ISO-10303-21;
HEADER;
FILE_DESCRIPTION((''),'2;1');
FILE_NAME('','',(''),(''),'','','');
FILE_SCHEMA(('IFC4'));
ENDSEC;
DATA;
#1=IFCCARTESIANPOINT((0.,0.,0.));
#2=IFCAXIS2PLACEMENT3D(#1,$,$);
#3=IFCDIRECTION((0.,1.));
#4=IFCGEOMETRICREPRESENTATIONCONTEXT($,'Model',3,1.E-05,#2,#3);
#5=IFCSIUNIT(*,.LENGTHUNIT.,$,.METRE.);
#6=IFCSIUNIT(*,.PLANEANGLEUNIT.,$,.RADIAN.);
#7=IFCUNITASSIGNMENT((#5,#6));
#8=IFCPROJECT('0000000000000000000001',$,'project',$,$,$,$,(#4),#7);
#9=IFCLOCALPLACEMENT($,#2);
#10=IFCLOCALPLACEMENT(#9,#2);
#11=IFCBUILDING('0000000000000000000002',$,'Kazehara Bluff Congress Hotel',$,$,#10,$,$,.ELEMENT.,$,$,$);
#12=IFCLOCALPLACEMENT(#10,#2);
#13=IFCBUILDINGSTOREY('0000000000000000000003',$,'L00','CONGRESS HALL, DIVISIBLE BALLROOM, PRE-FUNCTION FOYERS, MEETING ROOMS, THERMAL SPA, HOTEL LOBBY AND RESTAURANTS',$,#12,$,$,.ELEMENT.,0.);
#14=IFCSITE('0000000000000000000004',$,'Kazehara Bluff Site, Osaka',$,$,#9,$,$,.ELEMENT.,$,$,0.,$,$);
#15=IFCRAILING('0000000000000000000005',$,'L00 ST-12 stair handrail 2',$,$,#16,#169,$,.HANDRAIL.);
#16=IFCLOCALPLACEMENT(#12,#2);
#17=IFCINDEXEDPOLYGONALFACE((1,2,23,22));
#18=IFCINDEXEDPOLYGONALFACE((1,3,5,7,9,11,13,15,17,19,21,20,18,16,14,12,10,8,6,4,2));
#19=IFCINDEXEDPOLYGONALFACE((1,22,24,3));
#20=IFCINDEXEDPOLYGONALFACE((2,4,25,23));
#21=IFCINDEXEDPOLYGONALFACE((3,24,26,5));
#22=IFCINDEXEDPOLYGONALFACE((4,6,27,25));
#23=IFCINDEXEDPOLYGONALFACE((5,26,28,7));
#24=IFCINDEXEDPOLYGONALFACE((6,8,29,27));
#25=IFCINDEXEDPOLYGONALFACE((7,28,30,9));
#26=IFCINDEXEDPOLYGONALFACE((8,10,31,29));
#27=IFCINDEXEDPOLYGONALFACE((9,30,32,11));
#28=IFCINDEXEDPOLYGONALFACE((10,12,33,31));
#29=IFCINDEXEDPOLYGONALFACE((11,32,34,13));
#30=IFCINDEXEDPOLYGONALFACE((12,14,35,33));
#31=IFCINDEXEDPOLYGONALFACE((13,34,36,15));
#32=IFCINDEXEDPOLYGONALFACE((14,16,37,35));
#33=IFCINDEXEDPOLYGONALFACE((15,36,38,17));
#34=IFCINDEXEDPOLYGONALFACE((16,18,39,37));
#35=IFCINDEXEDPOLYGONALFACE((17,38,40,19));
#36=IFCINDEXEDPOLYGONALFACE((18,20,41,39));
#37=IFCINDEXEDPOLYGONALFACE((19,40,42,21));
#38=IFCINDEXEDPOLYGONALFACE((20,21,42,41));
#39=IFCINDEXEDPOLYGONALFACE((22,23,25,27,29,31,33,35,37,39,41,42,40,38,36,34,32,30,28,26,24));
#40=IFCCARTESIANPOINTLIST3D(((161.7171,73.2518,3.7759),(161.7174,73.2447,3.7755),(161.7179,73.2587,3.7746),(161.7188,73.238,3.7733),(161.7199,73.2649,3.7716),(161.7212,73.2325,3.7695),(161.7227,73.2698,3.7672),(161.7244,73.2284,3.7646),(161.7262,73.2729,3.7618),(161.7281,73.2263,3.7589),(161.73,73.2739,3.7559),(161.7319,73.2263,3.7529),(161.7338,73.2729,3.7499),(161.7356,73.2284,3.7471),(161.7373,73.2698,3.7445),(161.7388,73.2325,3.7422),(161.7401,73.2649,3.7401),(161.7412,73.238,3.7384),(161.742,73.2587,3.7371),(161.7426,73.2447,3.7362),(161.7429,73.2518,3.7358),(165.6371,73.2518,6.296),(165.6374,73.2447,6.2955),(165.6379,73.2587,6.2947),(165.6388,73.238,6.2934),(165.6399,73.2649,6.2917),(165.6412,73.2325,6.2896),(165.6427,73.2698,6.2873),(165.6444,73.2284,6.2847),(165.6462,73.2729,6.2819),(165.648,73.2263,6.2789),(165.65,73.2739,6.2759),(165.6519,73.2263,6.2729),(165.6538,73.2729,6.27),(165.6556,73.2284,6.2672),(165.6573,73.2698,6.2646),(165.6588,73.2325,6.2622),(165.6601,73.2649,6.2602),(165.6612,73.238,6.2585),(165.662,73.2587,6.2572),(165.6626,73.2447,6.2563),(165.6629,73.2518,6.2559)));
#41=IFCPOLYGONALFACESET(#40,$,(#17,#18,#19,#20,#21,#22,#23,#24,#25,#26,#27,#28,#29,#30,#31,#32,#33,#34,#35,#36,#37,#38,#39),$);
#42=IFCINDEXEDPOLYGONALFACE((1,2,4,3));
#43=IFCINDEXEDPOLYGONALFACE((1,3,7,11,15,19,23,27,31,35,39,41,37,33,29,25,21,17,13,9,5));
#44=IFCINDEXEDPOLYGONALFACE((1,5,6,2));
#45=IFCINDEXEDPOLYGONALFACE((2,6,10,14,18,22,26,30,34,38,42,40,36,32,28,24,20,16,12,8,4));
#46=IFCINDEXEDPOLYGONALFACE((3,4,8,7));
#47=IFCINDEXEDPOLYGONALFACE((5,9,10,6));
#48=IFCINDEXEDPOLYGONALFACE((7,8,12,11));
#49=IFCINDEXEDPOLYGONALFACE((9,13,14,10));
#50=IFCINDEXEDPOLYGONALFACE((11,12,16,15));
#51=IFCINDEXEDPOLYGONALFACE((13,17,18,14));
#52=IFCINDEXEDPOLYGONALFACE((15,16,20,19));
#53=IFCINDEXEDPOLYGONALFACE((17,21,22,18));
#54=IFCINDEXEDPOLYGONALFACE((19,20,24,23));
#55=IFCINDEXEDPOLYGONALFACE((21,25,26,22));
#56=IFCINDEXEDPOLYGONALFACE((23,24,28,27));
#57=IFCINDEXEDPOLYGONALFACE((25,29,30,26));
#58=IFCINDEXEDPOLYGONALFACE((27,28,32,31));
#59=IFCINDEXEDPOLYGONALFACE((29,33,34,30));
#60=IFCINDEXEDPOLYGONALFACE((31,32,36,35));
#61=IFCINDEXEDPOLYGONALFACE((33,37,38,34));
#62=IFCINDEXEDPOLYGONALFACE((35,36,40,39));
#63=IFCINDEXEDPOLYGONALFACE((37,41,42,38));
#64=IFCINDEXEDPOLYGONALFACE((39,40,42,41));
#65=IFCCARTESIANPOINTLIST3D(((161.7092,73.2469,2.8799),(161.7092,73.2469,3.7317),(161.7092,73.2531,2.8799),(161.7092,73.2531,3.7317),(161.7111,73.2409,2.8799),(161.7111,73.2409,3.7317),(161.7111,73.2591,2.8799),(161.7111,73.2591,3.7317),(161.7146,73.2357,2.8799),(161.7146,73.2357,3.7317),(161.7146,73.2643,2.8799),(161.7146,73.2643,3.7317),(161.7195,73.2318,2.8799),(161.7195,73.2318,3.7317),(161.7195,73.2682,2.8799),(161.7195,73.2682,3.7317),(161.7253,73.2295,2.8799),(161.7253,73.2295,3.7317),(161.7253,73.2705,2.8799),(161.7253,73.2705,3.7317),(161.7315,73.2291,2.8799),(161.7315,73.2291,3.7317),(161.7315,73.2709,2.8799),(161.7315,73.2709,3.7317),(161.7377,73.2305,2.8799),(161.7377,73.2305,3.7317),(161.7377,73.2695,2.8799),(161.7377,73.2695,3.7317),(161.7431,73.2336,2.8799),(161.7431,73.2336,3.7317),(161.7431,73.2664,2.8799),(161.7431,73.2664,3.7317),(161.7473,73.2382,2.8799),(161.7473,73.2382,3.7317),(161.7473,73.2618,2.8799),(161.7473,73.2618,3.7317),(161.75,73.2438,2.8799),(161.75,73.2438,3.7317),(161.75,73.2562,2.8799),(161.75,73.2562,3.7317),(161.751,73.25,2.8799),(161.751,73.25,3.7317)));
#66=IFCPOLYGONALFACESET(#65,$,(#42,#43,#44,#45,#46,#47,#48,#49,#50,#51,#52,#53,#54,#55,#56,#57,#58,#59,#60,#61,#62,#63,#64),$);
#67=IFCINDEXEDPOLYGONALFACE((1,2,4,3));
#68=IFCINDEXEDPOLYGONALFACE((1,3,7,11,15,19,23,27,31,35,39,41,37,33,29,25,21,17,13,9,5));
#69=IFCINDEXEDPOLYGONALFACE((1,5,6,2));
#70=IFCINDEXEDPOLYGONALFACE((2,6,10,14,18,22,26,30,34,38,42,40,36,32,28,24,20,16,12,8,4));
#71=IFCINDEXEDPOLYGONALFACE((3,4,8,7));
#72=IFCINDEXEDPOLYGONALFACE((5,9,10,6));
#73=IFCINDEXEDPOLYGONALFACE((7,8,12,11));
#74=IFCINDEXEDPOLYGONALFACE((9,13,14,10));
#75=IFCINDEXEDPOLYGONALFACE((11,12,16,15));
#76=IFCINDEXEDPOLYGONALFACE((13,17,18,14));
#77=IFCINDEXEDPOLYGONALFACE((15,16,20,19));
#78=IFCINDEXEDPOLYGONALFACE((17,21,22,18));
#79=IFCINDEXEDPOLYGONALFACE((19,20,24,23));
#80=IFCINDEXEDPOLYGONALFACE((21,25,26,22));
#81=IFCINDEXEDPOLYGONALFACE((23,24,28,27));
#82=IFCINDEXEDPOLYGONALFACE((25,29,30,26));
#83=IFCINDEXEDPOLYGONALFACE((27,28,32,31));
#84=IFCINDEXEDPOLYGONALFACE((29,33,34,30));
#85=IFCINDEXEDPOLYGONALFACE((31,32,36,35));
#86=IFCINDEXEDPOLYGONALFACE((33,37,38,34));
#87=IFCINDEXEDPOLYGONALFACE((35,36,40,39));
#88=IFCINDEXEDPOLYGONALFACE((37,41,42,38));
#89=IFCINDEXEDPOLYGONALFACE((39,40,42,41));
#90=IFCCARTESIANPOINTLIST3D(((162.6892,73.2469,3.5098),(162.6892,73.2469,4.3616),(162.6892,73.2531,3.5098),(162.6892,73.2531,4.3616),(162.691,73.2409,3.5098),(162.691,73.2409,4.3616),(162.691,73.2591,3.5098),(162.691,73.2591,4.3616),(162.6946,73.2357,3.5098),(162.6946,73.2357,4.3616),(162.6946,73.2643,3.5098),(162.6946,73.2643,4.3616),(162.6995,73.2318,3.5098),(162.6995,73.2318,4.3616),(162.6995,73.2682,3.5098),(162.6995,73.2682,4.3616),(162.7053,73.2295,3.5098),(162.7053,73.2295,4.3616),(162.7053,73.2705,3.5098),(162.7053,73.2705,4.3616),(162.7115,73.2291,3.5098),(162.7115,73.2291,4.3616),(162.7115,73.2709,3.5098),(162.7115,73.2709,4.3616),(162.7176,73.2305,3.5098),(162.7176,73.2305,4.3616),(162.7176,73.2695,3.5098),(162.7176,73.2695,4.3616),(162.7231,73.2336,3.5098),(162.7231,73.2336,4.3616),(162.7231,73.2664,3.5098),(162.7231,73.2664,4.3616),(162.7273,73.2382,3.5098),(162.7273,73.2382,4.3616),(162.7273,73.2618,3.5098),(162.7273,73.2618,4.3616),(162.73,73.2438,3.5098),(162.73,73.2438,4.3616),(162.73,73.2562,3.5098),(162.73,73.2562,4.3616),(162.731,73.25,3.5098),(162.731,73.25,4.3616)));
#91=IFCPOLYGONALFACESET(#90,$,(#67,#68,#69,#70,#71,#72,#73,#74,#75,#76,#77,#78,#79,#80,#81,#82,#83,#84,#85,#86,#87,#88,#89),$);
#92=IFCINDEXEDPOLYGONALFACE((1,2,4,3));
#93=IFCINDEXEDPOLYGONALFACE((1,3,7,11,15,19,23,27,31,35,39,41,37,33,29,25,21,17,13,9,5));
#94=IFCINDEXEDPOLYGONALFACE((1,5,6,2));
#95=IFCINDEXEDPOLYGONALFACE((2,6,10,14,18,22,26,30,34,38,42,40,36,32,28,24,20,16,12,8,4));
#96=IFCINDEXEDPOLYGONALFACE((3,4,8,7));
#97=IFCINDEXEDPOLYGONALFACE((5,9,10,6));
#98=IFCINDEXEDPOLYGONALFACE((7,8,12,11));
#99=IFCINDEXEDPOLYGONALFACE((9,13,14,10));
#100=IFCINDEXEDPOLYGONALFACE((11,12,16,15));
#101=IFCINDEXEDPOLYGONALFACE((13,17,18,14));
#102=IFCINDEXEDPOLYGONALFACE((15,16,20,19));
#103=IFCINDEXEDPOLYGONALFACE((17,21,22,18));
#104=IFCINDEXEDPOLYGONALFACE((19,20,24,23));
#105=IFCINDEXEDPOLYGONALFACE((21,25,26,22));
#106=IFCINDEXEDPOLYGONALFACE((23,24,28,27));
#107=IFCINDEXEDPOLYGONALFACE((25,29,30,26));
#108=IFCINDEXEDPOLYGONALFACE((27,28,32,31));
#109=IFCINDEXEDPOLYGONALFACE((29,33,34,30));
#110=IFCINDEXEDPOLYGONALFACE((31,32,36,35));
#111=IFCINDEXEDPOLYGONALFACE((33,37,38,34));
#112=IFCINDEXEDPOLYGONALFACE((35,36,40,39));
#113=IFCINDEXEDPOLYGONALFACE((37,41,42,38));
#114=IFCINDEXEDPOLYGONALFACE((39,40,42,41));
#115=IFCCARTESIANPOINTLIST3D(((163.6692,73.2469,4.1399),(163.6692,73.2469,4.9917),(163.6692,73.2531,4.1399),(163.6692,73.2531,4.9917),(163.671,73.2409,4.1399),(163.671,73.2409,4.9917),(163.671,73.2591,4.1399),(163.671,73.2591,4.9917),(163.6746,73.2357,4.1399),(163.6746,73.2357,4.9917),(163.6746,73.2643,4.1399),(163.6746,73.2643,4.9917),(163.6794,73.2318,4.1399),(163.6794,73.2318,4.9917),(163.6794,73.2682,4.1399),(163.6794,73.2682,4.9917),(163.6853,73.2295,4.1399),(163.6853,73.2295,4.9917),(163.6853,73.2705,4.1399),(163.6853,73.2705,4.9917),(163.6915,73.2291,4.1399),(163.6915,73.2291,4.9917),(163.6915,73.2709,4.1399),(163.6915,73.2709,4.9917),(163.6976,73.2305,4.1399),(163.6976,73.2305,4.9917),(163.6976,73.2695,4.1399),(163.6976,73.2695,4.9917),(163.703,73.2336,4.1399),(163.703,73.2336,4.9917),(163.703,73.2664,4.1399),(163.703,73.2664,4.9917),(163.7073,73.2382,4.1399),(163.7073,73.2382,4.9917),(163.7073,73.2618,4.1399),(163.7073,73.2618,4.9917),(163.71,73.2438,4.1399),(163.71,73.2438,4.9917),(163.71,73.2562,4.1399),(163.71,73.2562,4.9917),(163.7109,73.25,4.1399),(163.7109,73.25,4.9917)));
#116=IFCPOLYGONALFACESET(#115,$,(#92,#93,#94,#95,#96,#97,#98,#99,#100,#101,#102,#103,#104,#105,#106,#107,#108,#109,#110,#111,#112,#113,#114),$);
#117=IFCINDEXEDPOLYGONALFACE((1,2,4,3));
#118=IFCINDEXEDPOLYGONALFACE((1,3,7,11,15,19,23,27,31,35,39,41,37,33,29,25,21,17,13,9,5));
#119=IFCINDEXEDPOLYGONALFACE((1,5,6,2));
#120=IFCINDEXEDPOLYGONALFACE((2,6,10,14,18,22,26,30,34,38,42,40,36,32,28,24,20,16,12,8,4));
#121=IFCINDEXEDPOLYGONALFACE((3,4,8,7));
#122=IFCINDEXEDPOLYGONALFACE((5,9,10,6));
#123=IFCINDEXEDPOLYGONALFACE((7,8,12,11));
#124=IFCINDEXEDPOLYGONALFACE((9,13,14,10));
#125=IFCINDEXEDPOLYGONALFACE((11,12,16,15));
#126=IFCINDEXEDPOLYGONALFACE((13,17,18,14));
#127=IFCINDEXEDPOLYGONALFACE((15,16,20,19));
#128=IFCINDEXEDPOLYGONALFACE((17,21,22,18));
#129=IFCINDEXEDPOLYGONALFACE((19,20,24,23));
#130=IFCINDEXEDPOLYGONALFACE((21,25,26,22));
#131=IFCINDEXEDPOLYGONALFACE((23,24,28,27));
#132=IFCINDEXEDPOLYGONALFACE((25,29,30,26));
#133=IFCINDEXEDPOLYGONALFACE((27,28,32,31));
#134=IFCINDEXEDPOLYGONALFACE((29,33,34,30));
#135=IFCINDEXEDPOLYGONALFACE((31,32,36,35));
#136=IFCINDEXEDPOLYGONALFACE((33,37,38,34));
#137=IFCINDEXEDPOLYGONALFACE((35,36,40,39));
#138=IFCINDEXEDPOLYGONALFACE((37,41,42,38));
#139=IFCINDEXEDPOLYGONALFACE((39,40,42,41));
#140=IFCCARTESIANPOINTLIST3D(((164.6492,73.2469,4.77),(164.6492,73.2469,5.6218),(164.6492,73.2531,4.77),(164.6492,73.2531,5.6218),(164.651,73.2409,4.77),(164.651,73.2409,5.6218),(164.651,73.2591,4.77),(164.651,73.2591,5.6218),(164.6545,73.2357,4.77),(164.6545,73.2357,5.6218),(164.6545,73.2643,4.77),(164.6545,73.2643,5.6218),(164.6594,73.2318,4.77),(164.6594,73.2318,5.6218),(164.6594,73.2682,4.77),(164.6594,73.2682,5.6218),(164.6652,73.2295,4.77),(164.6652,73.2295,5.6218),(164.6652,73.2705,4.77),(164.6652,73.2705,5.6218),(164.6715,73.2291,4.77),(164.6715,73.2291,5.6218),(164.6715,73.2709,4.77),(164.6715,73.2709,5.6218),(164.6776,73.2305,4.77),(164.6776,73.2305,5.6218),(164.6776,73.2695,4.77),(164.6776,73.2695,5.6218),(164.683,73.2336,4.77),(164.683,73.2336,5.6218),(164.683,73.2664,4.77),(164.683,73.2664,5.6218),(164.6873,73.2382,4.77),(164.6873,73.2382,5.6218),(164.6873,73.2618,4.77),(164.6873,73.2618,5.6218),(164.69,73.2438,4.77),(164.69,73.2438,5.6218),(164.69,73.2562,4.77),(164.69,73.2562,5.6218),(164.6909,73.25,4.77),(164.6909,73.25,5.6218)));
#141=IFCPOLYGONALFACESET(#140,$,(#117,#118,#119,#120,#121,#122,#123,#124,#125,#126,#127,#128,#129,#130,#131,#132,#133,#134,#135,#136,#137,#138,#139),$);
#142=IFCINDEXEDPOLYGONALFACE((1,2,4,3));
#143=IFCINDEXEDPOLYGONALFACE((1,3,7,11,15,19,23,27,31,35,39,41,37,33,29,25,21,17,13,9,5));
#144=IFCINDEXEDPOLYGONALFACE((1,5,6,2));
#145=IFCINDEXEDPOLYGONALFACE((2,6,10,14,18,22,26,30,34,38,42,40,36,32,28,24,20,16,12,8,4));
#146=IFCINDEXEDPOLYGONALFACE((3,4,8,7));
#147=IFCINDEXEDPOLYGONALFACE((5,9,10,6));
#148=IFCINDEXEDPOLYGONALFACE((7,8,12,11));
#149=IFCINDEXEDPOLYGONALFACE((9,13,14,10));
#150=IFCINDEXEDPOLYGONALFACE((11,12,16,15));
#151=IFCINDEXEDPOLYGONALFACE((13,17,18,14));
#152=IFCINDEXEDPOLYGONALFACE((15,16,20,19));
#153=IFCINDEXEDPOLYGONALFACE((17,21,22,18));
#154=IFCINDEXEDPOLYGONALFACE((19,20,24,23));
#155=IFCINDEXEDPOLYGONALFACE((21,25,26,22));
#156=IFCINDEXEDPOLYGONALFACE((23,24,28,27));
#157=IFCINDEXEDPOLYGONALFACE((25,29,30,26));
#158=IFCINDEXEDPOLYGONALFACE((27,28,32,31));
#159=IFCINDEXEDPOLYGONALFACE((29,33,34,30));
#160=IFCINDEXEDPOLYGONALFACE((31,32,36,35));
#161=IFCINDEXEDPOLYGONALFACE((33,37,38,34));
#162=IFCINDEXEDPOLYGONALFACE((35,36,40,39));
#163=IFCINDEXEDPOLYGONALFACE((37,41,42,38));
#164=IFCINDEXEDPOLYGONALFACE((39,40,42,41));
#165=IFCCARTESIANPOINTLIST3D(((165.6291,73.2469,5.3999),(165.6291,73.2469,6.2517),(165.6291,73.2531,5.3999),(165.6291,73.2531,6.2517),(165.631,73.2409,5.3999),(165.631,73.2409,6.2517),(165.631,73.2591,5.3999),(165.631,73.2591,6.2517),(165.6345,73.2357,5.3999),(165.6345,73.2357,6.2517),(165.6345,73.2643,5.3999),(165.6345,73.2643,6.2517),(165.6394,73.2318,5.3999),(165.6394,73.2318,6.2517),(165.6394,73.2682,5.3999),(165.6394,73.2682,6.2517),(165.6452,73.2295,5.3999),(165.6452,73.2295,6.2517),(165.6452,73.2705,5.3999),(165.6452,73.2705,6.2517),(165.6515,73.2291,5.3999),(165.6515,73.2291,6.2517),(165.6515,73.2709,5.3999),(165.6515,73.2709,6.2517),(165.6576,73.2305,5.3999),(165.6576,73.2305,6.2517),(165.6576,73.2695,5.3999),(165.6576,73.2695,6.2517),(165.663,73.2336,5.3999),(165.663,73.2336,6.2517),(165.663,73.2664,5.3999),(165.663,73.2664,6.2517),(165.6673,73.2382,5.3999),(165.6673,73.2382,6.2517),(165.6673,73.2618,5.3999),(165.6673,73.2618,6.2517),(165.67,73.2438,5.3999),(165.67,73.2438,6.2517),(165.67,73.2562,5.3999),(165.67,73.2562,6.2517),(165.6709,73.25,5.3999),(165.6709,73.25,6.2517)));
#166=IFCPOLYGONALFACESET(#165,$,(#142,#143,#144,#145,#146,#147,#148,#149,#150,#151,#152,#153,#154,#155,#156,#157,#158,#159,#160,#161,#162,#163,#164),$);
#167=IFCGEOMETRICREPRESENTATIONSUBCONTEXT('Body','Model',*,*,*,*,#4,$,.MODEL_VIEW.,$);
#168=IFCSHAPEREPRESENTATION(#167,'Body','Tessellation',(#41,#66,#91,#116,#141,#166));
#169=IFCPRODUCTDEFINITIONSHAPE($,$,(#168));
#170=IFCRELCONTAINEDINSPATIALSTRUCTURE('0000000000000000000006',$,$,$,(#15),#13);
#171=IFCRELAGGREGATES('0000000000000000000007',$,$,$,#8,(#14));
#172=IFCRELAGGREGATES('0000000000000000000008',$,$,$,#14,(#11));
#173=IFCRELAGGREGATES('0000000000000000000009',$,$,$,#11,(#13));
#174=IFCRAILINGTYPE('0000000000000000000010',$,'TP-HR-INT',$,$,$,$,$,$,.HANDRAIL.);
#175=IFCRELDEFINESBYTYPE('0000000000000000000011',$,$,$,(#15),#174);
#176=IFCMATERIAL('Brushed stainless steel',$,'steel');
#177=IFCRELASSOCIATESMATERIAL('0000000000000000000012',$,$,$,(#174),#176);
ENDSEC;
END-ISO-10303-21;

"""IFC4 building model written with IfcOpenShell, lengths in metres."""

from ifc_helpers import new_model, si_unit, direction, frame, origin, origin_2d, place, context, subcontext, project, spatial, circle, extrude, material, type_object, element, save


model = new_model("IFC4")

# Units and contexts
model_context = context("Model", 3, precision=1e-05, world=origin(), true_north=direction((0.0, 1.0)))
body_context = subcontext(model_context, "Body", "Model", "MODEL_VIEW")
ifc_project = project(units=[si_unit("LENGTHUNIT", "METRE"), si_unit("PLANEANGLEUNIT", "RADIAN")], contexts=[model_context])

# Site, building, storey
site_placement = place(None, origin())
site = spatial("IfcSite", under=ifc_project, at=site_placement, Name="Kazehara Bluff Site, Osaka", CompositionType="ELEMENT", RefElevation=0.0)
building_placement = place(site_placement, origin())
building = spatial("IfcBuilding", under=site, at=building_placement, Name="Kazehara Bluff Congress Hotel", CompositionType="ELEMENT")
storey_placement = place(building_placement, origin())
storey = spatial("IfcBuildingStorey", under=building, at=storey_placement, Name="L00", Description="CONGRESS HALL, DIVISIBLE BALLROOM, PRE-FUNCTION FOYERS, MEETING ROOMS, THERMAL SPA, HOTEL LOBBY AND RESTAURANTS", CompositionType="ELEMENT", Elevation=0.0)

# Railing
ifc_material_1 = material(Name="Brushed stainless steel", Category="steel")
railing_type_1 = type_object("IfcRailingType", Name="TP-HR-INT", PredefinedType="HANDRAIL", material=ifc_material_1)
railing_1_placement = place(storey_placement, frame((161.73, 73.25, 2.8799)))
element("IfcRailing", 1, at=railing_1_placement, inside=storey, type_object=railing_type_1, Name="L00 ST-12 stair handrail 2", PredefinedType="HANDRAIL", context=body_context, shape_type="SweptSolid", body=[
    extrude(circle(Radius=0.0239, at=origin_2d()), frame((0.0, 0.0, 0.876), z_axis=(0.841172, 0.0, 0.540768), x_axis=(0.0, 1.0, 0.0)), (0.0, 0.0, 1.0), 4.6602),
    extrude(circle(Radius=0.021, at=origin_2d()), origin(), (0.0, 0.0, 1.0), 0.8518),
    extrude(circle(Radius=0.021, at=origin_2d()), frame((0.98, 0.0, 0.6299)), (0.0, 0.0, 1.0), 0.8518),
    extrude(circle(Radius=0.021, at=origin_2d()), frame((1.96, 0.0, 1.26)), (0.0, 0.0, 1.0), 0.8518),
    extrude(circle(Radius=0.021, at=origin_2d()), frame((2.9399, 0.0, 1.8901)), (0.0, 0.0, 1.0), 0.8518),
    extrude(circle(Radius=0.021, at=origin_2d()), frame((3.9199, 0.0, 2.52)), (0.0, 0.0, 1.0), 0.8518),
])

save(model, "model.ifc")
